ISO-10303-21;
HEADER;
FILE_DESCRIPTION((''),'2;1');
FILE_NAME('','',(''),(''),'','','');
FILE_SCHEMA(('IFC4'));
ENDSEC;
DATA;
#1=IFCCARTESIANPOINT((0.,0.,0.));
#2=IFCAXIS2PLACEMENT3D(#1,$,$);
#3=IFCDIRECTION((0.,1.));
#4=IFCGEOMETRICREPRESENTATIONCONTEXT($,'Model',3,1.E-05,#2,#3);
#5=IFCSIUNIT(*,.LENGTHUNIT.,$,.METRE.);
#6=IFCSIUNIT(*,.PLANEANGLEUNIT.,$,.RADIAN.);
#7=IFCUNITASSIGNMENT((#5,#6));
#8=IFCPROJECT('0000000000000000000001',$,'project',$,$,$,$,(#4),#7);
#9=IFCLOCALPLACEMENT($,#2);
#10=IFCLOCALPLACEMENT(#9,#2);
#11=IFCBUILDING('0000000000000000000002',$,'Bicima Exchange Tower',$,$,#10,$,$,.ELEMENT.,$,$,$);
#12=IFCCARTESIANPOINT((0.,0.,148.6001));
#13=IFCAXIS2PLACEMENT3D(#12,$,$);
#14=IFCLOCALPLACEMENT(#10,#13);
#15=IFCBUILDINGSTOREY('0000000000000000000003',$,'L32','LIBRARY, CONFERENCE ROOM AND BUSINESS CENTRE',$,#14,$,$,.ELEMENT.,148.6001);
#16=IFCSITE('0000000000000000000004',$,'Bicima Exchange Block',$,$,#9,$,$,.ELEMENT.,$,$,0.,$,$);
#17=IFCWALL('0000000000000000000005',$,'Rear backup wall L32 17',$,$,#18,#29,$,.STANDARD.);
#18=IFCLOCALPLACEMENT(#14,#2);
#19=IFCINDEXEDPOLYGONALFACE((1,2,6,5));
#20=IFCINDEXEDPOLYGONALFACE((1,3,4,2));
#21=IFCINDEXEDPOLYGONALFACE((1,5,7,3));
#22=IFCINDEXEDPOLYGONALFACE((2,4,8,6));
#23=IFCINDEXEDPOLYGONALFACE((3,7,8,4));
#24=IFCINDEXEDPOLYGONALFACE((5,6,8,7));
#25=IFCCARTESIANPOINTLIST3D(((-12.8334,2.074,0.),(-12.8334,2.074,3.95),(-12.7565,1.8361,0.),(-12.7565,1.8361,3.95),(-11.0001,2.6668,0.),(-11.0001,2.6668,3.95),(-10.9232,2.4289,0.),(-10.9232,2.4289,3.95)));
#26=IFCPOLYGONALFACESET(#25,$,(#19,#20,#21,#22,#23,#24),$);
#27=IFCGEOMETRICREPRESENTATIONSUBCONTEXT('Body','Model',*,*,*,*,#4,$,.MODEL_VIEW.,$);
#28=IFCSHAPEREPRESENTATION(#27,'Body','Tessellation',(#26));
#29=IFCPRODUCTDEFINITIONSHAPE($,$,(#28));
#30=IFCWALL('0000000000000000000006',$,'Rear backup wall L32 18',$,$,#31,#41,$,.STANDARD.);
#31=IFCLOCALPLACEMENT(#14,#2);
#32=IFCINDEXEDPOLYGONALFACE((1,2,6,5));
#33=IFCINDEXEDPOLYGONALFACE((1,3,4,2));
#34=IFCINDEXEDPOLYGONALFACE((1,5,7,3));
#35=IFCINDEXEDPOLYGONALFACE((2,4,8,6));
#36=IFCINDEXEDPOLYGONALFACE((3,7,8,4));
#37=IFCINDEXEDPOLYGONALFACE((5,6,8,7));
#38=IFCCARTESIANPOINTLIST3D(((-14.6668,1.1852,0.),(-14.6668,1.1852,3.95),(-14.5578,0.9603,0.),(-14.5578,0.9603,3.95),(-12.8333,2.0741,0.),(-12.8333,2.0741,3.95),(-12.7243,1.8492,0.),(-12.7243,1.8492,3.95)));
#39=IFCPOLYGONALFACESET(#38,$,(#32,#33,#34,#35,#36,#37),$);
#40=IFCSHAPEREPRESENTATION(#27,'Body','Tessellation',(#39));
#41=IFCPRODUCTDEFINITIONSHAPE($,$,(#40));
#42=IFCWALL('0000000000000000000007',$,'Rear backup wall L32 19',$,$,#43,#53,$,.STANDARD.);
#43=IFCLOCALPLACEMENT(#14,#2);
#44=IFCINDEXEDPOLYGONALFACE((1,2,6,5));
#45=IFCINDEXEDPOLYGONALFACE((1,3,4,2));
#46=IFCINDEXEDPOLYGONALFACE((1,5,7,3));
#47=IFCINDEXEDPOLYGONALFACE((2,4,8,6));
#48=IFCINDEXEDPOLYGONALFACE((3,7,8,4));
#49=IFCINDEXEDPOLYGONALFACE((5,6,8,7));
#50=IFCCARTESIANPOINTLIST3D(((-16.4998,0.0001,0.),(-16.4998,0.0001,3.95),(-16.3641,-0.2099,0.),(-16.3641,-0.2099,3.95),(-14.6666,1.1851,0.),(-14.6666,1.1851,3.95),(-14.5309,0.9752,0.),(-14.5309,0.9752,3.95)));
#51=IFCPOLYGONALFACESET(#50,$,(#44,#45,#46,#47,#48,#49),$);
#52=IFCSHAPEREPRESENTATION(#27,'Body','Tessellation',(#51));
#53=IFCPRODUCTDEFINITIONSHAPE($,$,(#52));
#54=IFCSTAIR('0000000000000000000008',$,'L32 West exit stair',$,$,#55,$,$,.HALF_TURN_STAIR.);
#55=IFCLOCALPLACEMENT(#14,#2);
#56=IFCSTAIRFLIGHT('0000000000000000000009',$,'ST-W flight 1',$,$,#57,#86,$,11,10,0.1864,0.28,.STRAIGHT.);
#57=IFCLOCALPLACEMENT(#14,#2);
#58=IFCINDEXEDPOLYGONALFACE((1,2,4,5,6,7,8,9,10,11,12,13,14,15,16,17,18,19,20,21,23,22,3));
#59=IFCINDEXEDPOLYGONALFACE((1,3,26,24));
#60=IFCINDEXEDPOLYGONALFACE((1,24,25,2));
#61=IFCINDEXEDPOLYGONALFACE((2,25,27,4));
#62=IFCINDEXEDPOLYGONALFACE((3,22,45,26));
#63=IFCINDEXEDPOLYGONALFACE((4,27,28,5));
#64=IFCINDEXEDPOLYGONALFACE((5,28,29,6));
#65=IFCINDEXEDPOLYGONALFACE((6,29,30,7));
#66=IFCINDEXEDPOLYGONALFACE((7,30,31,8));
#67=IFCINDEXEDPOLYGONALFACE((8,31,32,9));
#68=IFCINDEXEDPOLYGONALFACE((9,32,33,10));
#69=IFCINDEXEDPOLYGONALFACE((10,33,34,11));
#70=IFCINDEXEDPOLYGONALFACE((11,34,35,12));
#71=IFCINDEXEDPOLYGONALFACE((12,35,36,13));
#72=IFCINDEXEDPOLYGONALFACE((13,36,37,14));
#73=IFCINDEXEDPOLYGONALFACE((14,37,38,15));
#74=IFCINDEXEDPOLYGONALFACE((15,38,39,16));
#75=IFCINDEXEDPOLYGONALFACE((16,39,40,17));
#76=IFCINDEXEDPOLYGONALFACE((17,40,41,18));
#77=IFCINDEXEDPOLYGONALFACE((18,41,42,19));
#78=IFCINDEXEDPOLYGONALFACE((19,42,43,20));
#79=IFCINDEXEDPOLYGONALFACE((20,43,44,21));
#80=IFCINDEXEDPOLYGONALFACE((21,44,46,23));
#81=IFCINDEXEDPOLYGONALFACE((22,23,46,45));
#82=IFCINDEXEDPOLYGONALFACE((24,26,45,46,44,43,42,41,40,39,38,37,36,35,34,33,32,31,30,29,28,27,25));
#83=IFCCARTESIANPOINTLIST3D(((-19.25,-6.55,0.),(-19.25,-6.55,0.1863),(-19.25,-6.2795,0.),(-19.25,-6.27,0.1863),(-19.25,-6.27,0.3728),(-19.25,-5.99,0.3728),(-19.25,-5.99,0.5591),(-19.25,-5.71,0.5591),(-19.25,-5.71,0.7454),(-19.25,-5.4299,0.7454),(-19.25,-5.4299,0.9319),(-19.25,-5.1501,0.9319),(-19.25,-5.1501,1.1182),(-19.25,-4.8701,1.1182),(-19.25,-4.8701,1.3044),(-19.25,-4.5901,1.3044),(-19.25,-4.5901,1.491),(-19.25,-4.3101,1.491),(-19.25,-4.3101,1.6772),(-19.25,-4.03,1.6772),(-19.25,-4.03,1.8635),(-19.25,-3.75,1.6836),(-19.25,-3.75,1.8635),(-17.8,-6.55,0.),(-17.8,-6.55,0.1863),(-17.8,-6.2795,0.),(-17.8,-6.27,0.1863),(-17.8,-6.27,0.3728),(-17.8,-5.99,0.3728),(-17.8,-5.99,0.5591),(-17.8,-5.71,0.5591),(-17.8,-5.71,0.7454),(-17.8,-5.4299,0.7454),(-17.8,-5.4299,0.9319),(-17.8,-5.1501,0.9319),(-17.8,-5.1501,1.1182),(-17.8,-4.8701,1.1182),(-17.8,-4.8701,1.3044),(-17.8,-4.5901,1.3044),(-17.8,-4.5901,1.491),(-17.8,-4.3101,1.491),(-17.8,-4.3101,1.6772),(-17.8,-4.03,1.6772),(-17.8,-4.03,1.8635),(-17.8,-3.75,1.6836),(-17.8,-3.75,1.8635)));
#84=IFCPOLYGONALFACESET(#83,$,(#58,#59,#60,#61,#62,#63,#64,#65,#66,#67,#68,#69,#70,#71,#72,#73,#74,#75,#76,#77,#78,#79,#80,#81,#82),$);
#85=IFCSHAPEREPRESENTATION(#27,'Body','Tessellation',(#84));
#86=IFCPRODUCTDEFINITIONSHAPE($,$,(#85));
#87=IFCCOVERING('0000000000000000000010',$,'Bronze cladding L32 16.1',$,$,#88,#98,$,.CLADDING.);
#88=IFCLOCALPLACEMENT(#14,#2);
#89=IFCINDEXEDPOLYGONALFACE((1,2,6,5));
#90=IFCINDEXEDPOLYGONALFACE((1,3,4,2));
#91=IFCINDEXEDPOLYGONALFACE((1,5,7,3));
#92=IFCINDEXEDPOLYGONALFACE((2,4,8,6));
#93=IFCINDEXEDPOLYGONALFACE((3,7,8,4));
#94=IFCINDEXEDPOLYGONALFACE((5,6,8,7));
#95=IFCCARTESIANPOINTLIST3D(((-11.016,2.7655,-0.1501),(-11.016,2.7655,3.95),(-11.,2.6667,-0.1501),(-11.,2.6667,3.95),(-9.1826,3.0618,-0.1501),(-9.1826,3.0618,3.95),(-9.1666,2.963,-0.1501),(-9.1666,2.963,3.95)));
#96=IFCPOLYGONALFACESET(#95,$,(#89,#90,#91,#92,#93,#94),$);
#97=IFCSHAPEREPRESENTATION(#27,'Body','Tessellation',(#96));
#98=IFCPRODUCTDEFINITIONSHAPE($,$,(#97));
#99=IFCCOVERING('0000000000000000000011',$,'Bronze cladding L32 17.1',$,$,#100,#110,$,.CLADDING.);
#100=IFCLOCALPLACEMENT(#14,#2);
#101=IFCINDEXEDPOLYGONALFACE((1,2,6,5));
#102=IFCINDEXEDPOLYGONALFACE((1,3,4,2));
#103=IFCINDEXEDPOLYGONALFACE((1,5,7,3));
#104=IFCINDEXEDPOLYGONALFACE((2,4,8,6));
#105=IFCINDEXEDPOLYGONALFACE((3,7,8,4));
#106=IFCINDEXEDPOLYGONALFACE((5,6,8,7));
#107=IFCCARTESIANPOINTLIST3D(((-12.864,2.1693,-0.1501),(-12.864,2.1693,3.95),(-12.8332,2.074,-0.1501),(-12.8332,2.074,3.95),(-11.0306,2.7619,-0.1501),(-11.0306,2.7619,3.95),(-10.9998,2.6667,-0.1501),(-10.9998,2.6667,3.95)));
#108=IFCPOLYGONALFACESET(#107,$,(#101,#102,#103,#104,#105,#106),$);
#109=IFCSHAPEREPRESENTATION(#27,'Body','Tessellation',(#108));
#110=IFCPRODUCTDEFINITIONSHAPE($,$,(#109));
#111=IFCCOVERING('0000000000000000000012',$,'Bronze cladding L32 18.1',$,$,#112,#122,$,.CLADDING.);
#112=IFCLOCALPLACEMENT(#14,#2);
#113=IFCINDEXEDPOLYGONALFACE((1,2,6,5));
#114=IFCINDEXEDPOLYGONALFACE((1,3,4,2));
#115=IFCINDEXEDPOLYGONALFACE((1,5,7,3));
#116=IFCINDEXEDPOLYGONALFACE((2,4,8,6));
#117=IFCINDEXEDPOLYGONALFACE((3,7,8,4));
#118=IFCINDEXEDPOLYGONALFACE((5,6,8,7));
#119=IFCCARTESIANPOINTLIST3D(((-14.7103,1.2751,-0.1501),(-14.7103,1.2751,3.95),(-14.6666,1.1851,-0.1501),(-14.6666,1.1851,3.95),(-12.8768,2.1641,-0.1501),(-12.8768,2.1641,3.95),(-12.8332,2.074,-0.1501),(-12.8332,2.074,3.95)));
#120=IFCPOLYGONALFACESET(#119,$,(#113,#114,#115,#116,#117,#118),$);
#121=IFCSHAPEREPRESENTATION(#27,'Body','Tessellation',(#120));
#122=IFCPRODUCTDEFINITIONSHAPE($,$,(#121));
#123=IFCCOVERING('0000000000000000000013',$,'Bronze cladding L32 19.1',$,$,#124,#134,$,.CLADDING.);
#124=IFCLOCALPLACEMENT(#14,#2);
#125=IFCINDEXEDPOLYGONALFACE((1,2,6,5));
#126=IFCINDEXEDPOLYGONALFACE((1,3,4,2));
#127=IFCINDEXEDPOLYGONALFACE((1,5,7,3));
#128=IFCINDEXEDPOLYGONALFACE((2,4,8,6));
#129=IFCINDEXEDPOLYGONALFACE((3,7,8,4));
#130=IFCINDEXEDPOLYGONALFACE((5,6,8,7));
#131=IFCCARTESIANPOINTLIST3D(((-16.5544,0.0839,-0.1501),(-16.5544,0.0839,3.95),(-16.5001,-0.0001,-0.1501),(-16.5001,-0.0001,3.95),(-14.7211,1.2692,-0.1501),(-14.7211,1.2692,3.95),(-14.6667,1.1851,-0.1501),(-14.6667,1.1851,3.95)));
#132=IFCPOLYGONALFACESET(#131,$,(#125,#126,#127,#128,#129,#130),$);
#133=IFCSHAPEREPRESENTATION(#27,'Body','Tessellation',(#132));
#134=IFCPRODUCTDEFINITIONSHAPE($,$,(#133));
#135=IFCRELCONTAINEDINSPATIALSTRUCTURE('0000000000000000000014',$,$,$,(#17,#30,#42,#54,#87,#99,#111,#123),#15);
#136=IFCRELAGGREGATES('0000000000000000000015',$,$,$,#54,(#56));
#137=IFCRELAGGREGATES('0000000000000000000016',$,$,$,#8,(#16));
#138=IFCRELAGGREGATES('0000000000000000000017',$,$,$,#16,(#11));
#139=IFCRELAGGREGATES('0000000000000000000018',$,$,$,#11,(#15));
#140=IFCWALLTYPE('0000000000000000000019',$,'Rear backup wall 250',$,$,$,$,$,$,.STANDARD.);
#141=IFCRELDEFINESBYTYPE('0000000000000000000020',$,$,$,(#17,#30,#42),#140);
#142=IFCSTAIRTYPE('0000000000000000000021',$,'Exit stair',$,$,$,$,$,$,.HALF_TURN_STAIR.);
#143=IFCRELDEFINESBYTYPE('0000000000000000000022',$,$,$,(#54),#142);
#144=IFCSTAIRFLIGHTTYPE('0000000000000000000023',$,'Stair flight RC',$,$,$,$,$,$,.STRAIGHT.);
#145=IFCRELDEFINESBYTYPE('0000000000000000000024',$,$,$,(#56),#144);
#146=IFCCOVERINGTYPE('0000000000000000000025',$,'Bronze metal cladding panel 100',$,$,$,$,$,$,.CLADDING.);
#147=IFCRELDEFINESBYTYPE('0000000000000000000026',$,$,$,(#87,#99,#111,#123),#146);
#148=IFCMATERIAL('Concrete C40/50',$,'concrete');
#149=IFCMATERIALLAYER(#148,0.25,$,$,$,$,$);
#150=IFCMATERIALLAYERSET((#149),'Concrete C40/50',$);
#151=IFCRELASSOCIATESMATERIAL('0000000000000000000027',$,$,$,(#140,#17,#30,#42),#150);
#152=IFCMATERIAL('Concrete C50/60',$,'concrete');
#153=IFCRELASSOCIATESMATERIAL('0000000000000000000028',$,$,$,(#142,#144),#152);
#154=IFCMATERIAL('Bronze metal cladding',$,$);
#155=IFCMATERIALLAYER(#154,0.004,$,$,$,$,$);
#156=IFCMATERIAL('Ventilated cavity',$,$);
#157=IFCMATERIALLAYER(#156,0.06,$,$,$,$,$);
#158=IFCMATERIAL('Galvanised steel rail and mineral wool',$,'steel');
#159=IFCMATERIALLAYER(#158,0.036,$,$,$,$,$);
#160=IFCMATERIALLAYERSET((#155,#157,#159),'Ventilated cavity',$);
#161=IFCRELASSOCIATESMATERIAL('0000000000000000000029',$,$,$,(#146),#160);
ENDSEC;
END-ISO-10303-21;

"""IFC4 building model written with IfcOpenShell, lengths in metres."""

from ifc_helpers import new_model, si_unit, direction, frame, frame_2d, origin, origin_2d, place, context, subcontext, project, spatial, polyline, rectangle, outline, extrude, material, layer, layer_set, layer_usage, type_object, element, aggregate, save


model = new_model("IFC4")

# Units and contexts
model_context = context("Model", 3, precision=1e-05, world=origin(), true_north=direction((0.0, 1.0)))
body_context = subcontext(model_context, "Body", "Model", "MODEL_VIEW")
ifc_project = project(units=[si_unit("LENGTHUNIT", "METRE"), si_unit("PLANEANGLEUNIT", "RADIAN")], contexts=[model_context])

# Site, building, storey
site_placement = place(None, origin())
site = spatial("IfcSite", under=ifc_project, at=site_placement, Name="Bicima Exchange Block", CompositionType="ELEMENT", RefElevation=0.0)
building_placement = place(site_placement, origin())
building = spatial("IfcBuilding", under=site, at=building_placement, Name="Bicima Exchange Tower", CompositionType="ELEMENT")
storey_placement = place(building_placement, frame((0.0, 0.0, 148.6001)))
storey = spatial("IfcBuildingStorey", under=building, at=storey_placement, Name="L32", Description="LIBRARY, CONFERENCE ROOM AND BUSINESS CENTRE", CompositionType="ELEMENT", Elevation=148.6001)

# Shared definitions
ifc_material_1 = material(Name="Concrete C50/60", Category="concrete")

# Walls
ifc_material_2 = material(Name="Concrete C40/50", Category="concrete")
ifc_layer_1 = layer(ifc_material_2, 0.25)
ifc_layer_set_1 = layer_set([ifc_layer_1], Name="Concrete C40/50")
ifc_layer_usage = layer_usage(ifc_layer_set_1, "AXIS2", "POSITIVE", -0.125)
wall_type_1 = type_object("IfcWallType", Name="Rear backup wall 250", PredefinedType="STANDARD", material=ifc_layer_set_1)
wall_1_placement = place(storey_placement, frame((-10.9617, 2.5479, 0.0), z_axis=(0.0, 0.0, 1.0), x_axis=(-0.951496, -0.307662, 0.0)))
element("IfcWall", 1, at=wall_1_placement, inside=storey, type_object=wall_type_1, material=ifc_layer_usage, Name="Rear backup wall L32 17", PredefinedType="STANDARD", context=body_context, shape_type="SweptSolid", body=[
    extrude(rectangle(XDim=1.9268, YDim=0.25, at=frame_2d((0.9634, 0.0))), origin(), (0.0, 0.0, 1.0), 3.95),
])
wall_2_placement = place(storey_placement, frame((-12.7788, 1.9617, 0.0), z_axis=(0.0, 0.0, 1.0), x_axis=(-0.899824, -0.436253, 0.0)))
element("IfcWall", 2, at=wall_2_placement, inside=storey, type_object=wall_type_1, material=ifc_layer_usage, Name="Rear backup wall L32 18", PredefinedType="STANDARD", context=body_context, shape_type="SweptSolid", body=[
    extrude(rectangle(XDim=2.0376, YDim=0.25, at=frame_2d((1.0188, 0.0))), origin(), (0.0, 0.0, 1.0), 3.95),
])
wall_3_placement = place(storey_placement, frame((-14.5989, 1.0801, 0.0), z_axis=(0.0, 0.0, 1.0), x_axis=(-0.839813, -0.542876, 0.0)))
element("IfcWall", 3, at=wall_3_placement, inside=storey, type_object=wall_type_1, material=ifc_layer_usage, Name="Rear backup wall L32 19", PredefinedType="STANDARD", context=body_context, shape_type="SweptSolid", body=[
    extrude(rectangle(XDim=2.1829, YDim=0.25, at=frame_2d((1.0913, 0.0))), origin(), (0.0, 0.0, 1.0), 3.95),
])

# Stair, stair flight
stair_type = type_object("IfcStairType", Name="Exit stair", PredefinedType="HALF_TURN_STAIR", material=ifc_material_1)
stair_placement = place(storey_placement, origin())
stair = element("IfcStair", 4, at=stair_placement, inside=storey, type_object=stair_type, Name="L32 West exit stair", PredefinedType="HALF_TURN_STAIR")
stair_flight_type = type_object("IfcStairFlightType", Name="Stair flight RC", PredefinedType="STRAIGHT", material=ifc_material_1)
stair_flight_placement = place(storey_placement, frame((-18.5249, -6.55, 0.0), z_axis=(0.0, 0.0, 1.0), x_axis=(0.0, 1.0, 0.0)))
stair_flight = element("IfcStairFlight", 5, at=stair_flight_placement, type_object=stair_flight_type, Name="ST-W flight 1", NumberOfRisers=11, NumberOfTreads=10, PredefinedType="STRAIGHT", RiserHeight=0.1864, TreadLength=0.28, context=body_context, shape_type="SweptSolid", body=[
    extrude(outline(polyline([(0.0, 0.0), (0.0, 0.1863), (0.28, 0.1863), (0.28, 0.3728), (0.5601, 0.3728), (0.5601, 0.5591), (0.8401, 0.5591), (0.8401, 0.7454), (1.1201, 0.7454), (1.1201, 0.9319), (1.3999, 0.9319), (1.3999, 1.1182), (1.6799, 1.1182), (1.6799, 1.3044), (1.96, 1.3044), (1.96, 1.491), (2.24, 1.491), (2.24, 1.6772), (2.52, 1.6772), (2.52, 1.8635), (2.8, 1.8635), (2.8, 2.05), (2.8, 1.6836), (0.2705, 0.0), (0.0, 0.0)])), frame((0.0, 0.7251, 0.0), z_axis=(0.0, -1.0, 0.0), x_axis=(1.0, 0.0, 0.0)), (0.0, 0.0, 1.0), 1.45),
])
aggregate(stair, [stair_flight])

# Coverings
ifc_material_3 = material(Name="Bronze metal cladding")
ifc_layer_2 = layer(ifc_material_3, 0.004)
ifc_material_4 = material(Name="Ventilated cavity")
ifc_layer_3 = layer(ifc_material_4, 0.06)
ifc_material_5 = material(Name="Galvanised steel rail and mineral wool", Category="steel")
ifc_layer_4 = layer(ifc_material_5, 0.036)
ifc_layer_set_2 = layer_set([ifc_layer_2, ifc_layer_3, ifc_layer_4], Name="Ventilated cavity")
covering_type = type_object("IfcCoveringType", Name="Bronze metal cladding panel 100", PredefinedType="CLADDING", material=ifc_layer_set_2)
covering_1_placement = place(storey_placement, frame((-10.0913, 2.8643, -0.1501), z_axis=(0.0, 0.0, 1.0), x_axis=(-0.98719, -0.15955, 0.0)))
element("IfcCovering", 6, at=covering_1_placement, inside=storey, type_object=covering_type, Name="Bronze cladding L32 16.1", PredefinedType="CLADDING", context=body_context, shape_type="SweptSolid", body=[
    extrude(rectangle(XDim=1.8572, YDim=0.1001, at=origin_2d()), origin(), (0.0, 0.0, 1.0), 4.1001),
])
covering_2_placement = place(storey_placement, frame((-11.9319, 2.418, -0.1501), z_axis=(0.0, 0.0, 1.0), x_axis=(-0.951525, -0.307573, 0.0)))
element("IfcCovering", 7, at=covering_2_placement, inside=storey, type_object=covering_type, Name="Bronze cladding L32 17.1", PredefinedType="CLADDING", context=body_context, shape_type="SweptSolid", body=[
    extrude(rectangle(XDim=1.9268, YDim=0.1001, at=origin_2d()), origin(), (0.0, 0.0, 1.0), 4.1001),
])
covering_3_placement = place(storey_placement, frame((-13.7717, 1.6746, -0.1501), z_axis=(0.0, 0.0, 1.0), x_axis=(-0.899818, -0.436265, 0.0)))
element("IfcCovering", 8, at=covering_3_placement, inside=storey, type_object=covering_type, Name="Bronze cladding L32 18.1", PredefinedType="CLADDING", context=body_context, shape_type="SweptSolid", body=[
    extrude(rectangle(XDim=2.0376, YDim=0.1001, at=origin_2d()), origin(), (0.0, 0.0, 1.0), 4.1001),
])
covering_4_placement = place(storey_placement, frame((-15.6106, 0.6345, -0.1501), z_axis=(0.0, 0.0, 1.0), x_axis=(-0.83979, -0.542911, 0.0)))
element("IfcCovering", 9, at=covering_4_placement, inside=storey, type_object=covering_type, Name="Bronze cladding L32 19.1", PredefinedType="CLADDING", context=body_context, shape_type="SweptSolid", body=[
    extrude(rectangle(XDim=2.1831, YDim=0.1001, at=origin_2d()), origin(), (0.0, 0.0, 1.0), 4.1001),
])

save(model, "model.ifc")
